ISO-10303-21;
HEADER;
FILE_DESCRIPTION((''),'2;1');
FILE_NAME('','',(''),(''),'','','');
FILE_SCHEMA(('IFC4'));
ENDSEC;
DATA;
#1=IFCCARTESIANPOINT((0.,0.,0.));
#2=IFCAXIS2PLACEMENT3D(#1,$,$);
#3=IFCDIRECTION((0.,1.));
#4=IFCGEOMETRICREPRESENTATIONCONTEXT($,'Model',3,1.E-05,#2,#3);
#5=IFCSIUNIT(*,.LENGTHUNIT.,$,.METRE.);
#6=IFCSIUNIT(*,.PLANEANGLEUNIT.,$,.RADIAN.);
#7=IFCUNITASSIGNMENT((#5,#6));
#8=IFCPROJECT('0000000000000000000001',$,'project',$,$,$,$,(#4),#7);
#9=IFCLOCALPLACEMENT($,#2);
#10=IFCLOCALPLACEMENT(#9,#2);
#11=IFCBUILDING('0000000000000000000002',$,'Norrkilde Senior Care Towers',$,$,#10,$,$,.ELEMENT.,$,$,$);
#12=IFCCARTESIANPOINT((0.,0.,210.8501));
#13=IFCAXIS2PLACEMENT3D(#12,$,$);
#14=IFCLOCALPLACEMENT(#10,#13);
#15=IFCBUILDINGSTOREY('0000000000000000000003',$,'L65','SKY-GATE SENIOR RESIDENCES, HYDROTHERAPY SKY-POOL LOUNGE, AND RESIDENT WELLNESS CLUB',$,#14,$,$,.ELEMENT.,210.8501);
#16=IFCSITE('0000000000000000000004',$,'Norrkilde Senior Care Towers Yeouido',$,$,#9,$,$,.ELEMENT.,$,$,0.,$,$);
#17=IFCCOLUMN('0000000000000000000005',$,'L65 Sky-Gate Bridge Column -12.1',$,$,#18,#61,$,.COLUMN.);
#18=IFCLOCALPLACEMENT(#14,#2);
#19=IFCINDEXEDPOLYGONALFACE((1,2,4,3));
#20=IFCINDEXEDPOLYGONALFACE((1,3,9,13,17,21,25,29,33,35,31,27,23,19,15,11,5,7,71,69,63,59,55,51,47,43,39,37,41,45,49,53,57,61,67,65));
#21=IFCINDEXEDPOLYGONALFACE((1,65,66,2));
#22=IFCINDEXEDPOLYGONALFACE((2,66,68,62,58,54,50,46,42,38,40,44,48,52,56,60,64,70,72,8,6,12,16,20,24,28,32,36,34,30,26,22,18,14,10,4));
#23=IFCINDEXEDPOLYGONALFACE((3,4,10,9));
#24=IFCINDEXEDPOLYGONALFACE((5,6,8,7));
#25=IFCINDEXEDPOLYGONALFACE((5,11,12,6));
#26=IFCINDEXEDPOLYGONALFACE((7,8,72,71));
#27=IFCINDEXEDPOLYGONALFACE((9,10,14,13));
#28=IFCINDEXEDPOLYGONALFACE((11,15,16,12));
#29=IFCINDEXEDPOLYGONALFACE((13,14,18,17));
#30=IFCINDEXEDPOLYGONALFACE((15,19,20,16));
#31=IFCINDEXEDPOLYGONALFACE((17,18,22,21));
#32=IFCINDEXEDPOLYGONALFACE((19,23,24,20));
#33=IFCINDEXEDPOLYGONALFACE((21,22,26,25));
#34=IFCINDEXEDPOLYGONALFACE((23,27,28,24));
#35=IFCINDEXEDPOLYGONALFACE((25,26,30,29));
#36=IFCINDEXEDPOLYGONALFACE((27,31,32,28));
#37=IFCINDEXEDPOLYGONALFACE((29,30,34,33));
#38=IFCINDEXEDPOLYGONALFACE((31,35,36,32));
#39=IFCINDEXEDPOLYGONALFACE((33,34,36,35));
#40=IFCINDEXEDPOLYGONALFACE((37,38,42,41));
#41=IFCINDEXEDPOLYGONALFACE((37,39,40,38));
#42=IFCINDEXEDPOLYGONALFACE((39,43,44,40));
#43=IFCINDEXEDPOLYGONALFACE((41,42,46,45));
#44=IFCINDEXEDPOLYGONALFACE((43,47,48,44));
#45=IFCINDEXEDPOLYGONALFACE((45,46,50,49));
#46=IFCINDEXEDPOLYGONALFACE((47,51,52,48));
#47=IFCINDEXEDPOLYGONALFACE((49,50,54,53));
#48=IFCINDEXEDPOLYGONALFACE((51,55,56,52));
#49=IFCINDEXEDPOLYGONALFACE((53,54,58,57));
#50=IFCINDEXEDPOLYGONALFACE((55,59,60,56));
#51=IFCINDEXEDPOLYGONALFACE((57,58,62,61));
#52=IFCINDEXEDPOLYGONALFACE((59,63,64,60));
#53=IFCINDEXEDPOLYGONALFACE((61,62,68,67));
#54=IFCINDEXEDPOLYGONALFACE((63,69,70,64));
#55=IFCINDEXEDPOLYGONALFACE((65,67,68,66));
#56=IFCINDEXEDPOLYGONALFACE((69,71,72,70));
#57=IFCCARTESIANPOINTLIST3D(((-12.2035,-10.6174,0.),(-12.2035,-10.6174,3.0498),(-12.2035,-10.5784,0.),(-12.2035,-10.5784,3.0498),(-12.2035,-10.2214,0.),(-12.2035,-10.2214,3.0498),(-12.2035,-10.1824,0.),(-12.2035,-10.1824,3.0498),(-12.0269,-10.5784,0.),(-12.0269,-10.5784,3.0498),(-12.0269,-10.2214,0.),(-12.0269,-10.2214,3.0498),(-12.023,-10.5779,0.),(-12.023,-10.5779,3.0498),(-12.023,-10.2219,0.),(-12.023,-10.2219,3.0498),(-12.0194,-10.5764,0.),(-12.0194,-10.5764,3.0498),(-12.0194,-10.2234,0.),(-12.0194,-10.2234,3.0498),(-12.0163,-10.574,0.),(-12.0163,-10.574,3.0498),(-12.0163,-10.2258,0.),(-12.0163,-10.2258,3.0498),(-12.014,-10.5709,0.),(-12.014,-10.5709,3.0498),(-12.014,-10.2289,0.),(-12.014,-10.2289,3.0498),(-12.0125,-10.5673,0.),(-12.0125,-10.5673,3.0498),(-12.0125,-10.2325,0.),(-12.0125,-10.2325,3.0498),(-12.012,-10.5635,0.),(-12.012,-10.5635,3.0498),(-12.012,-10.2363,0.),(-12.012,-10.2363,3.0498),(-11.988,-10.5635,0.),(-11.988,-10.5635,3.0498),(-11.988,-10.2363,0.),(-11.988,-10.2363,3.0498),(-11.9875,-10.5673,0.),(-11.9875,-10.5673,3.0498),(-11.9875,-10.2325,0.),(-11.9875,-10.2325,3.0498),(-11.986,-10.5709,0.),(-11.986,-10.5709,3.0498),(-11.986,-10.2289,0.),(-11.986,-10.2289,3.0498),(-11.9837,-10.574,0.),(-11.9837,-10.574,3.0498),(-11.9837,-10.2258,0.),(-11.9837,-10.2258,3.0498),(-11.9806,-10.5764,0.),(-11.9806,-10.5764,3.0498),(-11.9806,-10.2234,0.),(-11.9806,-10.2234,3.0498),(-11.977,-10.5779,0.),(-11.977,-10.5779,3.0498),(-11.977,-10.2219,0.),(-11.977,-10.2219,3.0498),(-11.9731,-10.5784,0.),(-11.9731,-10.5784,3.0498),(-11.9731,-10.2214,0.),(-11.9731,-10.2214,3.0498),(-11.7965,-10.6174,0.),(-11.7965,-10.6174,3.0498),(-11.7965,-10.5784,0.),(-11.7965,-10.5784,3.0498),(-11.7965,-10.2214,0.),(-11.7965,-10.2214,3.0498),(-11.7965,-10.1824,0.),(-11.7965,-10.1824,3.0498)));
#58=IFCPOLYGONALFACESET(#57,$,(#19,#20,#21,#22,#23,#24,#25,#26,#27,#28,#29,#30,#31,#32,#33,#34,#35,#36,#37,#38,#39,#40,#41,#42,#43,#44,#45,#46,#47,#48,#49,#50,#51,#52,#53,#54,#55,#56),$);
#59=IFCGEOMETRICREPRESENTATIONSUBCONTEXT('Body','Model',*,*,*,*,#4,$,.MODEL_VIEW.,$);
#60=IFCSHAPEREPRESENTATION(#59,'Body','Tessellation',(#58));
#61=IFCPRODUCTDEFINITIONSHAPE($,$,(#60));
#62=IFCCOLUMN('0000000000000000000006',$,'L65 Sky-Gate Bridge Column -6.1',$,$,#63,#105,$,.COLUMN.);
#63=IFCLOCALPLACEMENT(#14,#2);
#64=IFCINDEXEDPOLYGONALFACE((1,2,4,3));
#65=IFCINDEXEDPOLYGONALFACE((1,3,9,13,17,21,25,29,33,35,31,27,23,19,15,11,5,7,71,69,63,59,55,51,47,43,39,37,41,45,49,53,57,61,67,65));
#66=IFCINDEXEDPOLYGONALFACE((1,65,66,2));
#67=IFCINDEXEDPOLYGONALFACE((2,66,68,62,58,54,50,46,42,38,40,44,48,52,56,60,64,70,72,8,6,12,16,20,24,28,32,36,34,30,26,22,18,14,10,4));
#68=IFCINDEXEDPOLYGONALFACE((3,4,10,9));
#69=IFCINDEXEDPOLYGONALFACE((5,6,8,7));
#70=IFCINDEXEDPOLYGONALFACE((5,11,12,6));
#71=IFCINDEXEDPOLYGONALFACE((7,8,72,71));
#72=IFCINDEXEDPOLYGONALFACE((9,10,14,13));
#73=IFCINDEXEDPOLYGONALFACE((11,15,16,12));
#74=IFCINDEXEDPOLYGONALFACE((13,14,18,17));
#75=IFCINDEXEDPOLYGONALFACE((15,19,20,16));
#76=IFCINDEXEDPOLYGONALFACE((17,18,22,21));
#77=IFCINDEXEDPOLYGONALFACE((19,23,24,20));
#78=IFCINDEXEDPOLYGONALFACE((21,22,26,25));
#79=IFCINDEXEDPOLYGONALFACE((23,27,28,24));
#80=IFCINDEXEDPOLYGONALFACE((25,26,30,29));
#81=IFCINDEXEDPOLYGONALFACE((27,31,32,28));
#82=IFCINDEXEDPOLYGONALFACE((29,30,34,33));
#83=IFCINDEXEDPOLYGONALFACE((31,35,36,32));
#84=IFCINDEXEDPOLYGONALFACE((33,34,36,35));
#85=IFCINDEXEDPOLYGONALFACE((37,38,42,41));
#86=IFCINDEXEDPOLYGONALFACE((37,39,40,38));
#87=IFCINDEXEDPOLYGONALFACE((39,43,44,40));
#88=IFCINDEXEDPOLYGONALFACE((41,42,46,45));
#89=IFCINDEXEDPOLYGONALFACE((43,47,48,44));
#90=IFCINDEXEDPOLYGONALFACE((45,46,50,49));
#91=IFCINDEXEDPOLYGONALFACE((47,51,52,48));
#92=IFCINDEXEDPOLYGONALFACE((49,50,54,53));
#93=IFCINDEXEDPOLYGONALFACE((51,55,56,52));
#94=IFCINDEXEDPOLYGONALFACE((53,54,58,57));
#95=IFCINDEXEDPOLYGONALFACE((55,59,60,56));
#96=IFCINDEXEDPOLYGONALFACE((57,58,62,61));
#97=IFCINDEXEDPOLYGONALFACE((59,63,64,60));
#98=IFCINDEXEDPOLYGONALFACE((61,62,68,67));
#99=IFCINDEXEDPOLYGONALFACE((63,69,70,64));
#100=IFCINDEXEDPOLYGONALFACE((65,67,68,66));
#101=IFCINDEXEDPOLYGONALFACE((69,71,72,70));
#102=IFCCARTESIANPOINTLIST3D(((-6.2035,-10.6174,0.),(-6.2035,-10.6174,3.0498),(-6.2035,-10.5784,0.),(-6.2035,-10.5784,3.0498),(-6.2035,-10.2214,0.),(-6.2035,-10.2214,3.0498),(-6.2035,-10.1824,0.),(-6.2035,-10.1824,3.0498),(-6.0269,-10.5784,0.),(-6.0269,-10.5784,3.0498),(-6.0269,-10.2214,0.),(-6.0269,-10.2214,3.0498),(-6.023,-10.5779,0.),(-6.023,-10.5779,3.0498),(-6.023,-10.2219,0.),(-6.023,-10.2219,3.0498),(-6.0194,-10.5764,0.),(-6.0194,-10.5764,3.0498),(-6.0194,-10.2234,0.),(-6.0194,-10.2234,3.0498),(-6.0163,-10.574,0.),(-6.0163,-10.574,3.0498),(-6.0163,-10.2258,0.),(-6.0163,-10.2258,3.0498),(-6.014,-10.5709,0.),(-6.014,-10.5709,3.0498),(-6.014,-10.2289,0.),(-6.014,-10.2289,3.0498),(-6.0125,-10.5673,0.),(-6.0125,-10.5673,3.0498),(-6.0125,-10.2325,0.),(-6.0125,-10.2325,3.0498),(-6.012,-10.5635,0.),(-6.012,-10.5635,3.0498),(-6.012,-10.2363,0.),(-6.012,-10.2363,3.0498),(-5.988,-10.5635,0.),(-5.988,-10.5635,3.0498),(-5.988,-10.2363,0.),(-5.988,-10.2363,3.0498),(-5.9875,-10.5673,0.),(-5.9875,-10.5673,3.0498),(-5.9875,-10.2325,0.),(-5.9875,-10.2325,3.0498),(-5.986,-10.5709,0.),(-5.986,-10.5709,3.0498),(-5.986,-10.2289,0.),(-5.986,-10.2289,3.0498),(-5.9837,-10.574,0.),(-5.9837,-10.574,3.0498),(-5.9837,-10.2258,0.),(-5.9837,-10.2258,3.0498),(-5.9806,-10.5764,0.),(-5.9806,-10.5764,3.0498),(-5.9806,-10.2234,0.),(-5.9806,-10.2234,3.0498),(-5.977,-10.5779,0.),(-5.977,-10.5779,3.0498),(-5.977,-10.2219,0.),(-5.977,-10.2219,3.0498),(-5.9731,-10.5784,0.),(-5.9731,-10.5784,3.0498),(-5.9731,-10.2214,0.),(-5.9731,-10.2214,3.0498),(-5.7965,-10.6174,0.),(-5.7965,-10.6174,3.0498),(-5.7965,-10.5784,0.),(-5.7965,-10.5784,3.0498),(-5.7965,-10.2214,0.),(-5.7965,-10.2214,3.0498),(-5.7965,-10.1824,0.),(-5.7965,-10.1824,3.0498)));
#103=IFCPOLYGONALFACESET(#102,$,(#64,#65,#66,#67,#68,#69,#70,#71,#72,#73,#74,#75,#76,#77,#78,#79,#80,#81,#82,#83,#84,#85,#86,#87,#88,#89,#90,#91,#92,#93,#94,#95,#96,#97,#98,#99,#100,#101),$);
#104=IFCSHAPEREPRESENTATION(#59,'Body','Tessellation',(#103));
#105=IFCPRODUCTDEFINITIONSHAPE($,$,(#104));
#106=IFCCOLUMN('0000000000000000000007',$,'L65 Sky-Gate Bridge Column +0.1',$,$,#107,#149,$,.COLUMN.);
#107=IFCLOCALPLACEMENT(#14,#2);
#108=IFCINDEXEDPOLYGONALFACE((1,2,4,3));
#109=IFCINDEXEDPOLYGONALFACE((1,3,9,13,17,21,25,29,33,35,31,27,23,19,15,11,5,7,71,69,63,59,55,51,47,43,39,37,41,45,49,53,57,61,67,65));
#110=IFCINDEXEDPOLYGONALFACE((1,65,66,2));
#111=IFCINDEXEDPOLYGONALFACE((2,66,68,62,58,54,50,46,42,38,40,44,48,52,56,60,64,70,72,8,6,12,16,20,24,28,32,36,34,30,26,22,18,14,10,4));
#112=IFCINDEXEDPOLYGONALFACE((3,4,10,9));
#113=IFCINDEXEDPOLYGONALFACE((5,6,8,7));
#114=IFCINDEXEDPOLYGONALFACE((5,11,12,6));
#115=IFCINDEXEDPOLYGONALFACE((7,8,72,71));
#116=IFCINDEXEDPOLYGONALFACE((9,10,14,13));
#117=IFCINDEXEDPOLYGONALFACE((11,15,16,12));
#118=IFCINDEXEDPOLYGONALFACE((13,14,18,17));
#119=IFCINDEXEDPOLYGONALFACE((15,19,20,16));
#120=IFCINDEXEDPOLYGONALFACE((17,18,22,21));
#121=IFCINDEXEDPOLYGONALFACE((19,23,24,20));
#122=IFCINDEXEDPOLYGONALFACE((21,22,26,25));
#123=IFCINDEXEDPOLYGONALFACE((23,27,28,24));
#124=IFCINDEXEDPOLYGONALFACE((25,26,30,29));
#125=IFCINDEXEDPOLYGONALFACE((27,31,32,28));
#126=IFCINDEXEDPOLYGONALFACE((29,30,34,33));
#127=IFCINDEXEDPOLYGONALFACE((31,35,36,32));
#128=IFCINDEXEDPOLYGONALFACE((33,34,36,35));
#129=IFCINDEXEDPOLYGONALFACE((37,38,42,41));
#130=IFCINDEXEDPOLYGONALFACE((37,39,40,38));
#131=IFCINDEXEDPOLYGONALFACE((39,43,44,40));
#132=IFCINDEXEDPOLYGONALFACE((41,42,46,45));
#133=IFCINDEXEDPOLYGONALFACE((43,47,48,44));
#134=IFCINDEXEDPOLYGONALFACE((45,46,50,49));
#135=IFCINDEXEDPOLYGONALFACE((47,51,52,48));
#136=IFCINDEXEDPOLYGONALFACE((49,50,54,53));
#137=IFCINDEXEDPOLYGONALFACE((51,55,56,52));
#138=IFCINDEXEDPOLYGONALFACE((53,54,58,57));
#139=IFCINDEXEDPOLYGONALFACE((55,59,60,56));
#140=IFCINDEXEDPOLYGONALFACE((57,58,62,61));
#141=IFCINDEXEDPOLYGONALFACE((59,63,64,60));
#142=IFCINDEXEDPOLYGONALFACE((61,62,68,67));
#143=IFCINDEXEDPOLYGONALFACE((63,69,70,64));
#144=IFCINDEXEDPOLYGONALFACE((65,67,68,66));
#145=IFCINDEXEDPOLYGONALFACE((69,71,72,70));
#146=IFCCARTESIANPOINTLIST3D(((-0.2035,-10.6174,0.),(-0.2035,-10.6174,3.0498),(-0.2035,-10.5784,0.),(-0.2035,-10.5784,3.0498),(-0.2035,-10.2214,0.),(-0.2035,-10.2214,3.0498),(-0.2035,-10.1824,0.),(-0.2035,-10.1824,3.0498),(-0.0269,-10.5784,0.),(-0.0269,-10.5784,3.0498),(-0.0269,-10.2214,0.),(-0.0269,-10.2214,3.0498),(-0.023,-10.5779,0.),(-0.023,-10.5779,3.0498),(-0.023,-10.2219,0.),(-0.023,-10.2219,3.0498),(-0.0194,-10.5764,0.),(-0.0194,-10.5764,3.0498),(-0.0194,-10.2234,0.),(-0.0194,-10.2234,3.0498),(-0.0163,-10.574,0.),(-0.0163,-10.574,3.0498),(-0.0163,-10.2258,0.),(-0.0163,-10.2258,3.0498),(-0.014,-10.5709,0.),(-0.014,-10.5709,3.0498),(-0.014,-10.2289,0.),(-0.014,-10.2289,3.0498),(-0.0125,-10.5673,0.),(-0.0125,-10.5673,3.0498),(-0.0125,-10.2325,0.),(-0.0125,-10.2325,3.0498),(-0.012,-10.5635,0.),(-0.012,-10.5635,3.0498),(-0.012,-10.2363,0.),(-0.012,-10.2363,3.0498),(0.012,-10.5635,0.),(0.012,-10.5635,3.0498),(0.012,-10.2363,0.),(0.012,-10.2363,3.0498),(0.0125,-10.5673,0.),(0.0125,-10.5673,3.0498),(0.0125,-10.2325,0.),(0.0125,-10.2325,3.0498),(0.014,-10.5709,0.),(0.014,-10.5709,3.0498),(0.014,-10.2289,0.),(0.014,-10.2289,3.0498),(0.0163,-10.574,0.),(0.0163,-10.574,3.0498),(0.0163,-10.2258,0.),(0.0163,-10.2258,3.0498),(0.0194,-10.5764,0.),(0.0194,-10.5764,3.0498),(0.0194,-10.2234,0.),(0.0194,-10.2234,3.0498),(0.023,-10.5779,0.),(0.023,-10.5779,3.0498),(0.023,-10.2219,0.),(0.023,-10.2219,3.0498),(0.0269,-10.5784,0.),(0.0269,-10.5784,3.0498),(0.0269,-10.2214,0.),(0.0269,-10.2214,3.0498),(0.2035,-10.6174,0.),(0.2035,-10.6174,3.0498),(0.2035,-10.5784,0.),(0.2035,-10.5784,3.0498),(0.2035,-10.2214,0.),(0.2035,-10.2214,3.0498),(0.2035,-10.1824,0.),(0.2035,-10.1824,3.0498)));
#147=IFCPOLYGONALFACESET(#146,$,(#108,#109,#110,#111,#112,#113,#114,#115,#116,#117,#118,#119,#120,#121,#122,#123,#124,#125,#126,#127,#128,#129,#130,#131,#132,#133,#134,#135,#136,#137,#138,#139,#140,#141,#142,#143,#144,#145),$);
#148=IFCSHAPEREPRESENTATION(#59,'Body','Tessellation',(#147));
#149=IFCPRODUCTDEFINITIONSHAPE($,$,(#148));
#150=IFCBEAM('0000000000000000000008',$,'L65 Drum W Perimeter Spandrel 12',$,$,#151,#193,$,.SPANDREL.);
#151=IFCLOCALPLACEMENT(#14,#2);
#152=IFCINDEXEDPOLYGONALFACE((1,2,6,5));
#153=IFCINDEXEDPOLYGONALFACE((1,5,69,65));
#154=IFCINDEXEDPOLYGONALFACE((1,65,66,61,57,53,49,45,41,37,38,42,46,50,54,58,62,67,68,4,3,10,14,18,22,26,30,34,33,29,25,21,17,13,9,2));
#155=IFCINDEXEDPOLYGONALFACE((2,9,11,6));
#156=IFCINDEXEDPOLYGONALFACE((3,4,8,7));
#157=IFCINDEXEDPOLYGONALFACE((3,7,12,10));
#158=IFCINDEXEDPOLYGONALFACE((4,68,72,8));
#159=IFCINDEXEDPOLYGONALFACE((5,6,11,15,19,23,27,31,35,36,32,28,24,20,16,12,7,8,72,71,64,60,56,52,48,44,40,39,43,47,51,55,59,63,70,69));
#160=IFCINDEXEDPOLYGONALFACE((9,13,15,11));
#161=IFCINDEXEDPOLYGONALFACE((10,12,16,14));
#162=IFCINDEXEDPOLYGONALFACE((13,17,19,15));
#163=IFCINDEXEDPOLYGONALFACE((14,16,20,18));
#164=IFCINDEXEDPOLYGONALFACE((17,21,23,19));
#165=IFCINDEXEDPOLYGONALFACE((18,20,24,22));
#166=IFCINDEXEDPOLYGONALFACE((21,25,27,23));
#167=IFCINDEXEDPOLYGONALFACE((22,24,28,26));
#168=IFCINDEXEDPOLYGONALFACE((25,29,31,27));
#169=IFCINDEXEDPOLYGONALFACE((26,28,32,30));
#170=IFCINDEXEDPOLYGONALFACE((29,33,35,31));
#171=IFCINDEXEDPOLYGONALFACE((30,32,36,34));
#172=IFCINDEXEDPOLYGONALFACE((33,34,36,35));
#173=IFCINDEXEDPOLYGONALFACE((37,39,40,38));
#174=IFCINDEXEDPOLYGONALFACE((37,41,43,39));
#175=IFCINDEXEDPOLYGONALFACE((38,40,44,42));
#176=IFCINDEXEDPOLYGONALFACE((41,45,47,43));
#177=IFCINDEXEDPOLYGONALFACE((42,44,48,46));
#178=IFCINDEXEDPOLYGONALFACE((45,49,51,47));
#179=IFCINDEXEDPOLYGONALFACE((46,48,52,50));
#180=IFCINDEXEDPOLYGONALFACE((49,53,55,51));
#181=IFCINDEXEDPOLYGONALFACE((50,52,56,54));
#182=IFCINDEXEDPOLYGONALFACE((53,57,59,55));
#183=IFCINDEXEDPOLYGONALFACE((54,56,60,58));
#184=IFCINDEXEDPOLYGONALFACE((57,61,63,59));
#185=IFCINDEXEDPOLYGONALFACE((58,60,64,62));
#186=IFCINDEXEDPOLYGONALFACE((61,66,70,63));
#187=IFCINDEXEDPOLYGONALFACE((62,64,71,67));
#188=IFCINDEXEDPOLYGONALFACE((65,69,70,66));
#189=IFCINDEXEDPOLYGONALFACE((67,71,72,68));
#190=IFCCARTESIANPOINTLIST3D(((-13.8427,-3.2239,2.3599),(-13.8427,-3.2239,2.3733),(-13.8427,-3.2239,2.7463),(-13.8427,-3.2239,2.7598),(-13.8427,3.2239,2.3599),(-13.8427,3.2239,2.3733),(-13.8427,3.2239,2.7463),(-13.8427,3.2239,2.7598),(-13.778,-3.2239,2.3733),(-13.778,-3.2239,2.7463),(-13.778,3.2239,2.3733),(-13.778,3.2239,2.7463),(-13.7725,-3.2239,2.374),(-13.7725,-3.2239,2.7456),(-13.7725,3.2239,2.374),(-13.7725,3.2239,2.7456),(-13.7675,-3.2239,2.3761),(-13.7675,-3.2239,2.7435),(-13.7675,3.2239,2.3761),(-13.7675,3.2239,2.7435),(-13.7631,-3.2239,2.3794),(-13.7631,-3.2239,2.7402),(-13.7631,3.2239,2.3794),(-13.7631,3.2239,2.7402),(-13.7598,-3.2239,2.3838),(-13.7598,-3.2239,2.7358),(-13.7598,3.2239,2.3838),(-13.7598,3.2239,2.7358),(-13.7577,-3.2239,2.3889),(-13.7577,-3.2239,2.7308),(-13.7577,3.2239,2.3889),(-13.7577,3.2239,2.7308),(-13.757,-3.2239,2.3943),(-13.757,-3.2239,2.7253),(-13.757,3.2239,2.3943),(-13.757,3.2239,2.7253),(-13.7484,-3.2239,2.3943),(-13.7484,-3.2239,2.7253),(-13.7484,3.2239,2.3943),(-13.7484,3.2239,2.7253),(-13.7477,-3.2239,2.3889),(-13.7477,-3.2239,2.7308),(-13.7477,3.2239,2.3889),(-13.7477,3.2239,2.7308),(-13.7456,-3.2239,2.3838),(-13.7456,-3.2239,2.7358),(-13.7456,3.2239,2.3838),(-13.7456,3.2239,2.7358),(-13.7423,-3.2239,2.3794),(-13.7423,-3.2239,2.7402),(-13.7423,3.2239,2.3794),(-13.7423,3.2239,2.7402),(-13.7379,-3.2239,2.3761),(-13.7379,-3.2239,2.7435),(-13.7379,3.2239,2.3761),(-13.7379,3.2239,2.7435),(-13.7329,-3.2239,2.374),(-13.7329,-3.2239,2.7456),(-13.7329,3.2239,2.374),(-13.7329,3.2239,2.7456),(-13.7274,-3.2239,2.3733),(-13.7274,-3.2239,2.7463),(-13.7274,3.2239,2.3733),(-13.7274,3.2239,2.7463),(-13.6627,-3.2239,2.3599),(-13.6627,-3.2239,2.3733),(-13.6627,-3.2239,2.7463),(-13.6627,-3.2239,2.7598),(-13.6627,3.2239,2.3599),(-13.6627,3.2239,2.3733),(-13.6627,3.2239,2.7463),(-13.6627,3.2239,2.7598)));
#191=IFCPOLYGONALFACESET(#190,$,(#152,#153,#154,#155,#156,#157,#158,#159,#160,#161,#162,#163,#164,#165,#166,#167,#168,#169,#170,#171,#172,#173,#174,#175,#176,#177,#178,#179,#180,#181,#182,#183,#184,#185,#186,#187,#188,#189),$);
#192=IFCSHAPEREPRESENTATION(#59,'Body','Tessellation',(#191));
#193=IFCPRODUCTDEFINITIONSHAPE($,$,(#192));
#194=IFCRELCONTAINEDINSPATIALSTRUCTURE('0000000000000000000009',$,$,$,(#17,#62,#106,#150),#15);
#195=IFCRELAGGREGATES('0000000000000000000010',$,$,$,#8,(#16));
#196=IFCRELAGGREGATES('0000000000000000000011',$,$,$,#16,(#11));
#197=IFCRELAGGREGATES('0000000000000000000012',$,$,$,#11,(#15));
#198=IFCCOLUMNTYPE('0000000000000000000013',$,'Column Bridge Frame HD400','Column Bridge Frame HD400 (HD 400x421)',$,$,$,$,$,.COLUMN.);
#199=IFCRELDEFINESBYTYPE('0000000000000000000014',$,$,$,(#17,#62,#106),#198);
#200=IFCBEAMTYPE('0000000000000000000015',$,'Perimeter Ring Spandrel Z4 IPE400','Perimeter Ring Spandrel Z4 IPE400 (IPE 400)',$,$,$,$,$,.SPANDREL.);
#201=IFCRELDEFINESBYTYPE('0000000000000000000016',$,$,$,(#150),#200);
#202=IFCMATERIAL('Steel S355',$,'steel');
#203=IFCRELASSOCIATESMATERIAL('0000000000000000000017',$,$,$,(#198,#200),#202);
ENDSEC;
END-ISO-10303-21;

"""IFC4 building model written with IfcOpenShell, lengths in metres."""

from ifc_helpers import new_model, si_unit, direction, frame, origin, origin_2d, place, context, subcontext, project, spatial, i_section, extrude, source, transform, mapped, material, material_profile, profile_set, type_object, type_shapes, element, save


model = new_model("IFC4")

# Units and contexts
model_context = context("Model", 3, precision=1e-05, world=origin(), true_north=direction((0.0, 1.0)))
body_context = subcontext(model_context, "Body", "Model", "MODEL_VIEW")
ifc_project = project(units=[si_unit("LENGTHUNIT", "METRE"), si_unit("PLANEANGLEUNIT", "RADIAN")], contexts=[model_context])

# Site, building, storey
site_placement = place(None, origin())
site = spatial("IfcSite", under=ifc_project, at=site_placement, Name="Norrkilde Senior Care Towers Yeouido", CompositionType="ELEMENT", RefElevation=0.0)
building_placement = place(site_placement, origin())
building = spatial("IfcBuilding", under=site, at=building_placement, Name="Norrkilde Senior Care Towers", CompositionType="ELEMENT")
storey_placement = place(building_placement, frame((0.0, 0.0, 210.8501)))
storey = spatial("IfcBuildingStorey", under=building, at=storey_placement, Name="L65", Description="SKY-GATE SENIOR RESIDENCES, HYDROTHERAPY SKY-POOL LOUNGE, AND RESIDENT WELLNESS CLUB", CompositionType="ELEMENT", Elevation=210.8501)

# Columns
ifc_material_1 = material(Name="Steel S355", Category="steel")
ifc_material_profile_1 = material_profile(ifc_material_1, i_section(OverallWidth=0.407, OverallDepth=0.4351, WebThickness=0.0239, FlangeThickness=0.0391, FilletRadius=0.0149, at=origin_2d()), Name="HD 400x421")
ifc_profile_set_1 = profile_set([ifc_material_profile_1], Name="Steel S355")
column_type = type_object("IfcColumnType", Name="Column Bridge Frame HD400", Description="Column Bridge Frame HD400 (HD 400x421)", PredefinedType="COLUMN", material=ifc_profile_set_1)
shared_shape_1 = source(origin(), body_context, "Body", "SweptSolid", [
    extrude(i_section(OverallWidth=0.407, OverallDepth=0.4351, WebThickness=0.0239, FlangeThickness=0.0391, FilletRadius=0.0149, at=origin_2d()), origin(), (0.0, 0.0, 1.0), 3.0498),
])
type_shapes(column_type, [shared_shape_1])
for number, where, z_axis, x_axis, name in (
    (1, (-12.0, -10.3999, 0.0), (0.0, 0.0, 1.0), (1.0, 0.0, 0.0), "L65 Sky-Gate Bridge Column -12.1"),
    (2, (-6.0, -10.3999, 0.0), (0.0, 0.0, 1.0), (1.0, 0.0, 0.0), "L65 Sky-Gate Bridge Column -6.1"),
    (3, (0.0, -10.3999, 0.0), (0.0, 0.0, 1.0), (1.0, 0.0, 0.0), "L65 Sky-Gate Bridge Column +0.1"),
):
    element("IfcColumn", number, at=place(storey_placement, frame(where, z_axis=z_axis, x_axis=x_axis)), inside=storey, type_object=column_type, Name=name, PredefinedType="COLUMN", context=body_context, shape_type="MappedRepresentation", body=[
        mapped(shared_shape_1, transform((0.0, 0.0, 0.0), x_axis=(1.0, 0.0, 0.0), y_axis=(0.0, 1.0, 0.0), z_axis=(0.0, 0.0, 1.0), scale=1.0)),
    ])

# Beam
ifc_material_profile_2 = material_profile(ifc_material_1, i_section(OverallWidth=0.1799, OverallDepth=0.3999, WebThickness=0.0085, FlangeThickness=0.0134, FilletRadius=0.021, at=origin_2d()), Name="IPE 400")
ifc_profile_set_2 = profile_set([ifc_material_profile_2], Name="Steel S355")
beam_type_1 = type_object("IfcBeamType", Name="Perimeter Ring Spandrel Z4 IPE400", Description="Perimeter Ring Spandrel Z4 IPE400 (IPE 400)", PredefinedType="SPANDREL", material=ifc_profile_set_2)
shared_shape_2 = source(origin(), body_context, "Body", "SweptSolid", [
    extrude(i_section(OverallWidth=0.1799, OverallDepth=0.3999, WebThickness=0.0085, FlangeThickness=0.0134, FilletRadius=0.021, at=origin_2d()), origin(), (0.0, 0.0, 1.0), 6.4478),
])
type_shapes(beam_type_1, [shared_shape_2])
beam_1_placement = place(storey_placement, frame((-13.7527, -3.2239, 2.5598), z_axis=(0.0, 1.0, 0.0), x_axis=(-1.0, 0.0, 0.0)))
element("IfcBeam", 4, at=beam_1_placement, inside=storey, type_object=beam_type_1, Name="L65 Drum W Perimeter Spandrel 12", PredefinedType="SPANDREL", context=body_context, shape_type="MappedRepresentation", body=[
    mapped(shared_shape_2, transform((0.0, 0.0, 0.0), x_axis=(1.0, 0.0, 0.0), y_axis=(0.0, 1.0, 0.0), z_axis=(0.0, 0.0, 1.0), scale=1.0)),
])

save(model, "model.ifc")
